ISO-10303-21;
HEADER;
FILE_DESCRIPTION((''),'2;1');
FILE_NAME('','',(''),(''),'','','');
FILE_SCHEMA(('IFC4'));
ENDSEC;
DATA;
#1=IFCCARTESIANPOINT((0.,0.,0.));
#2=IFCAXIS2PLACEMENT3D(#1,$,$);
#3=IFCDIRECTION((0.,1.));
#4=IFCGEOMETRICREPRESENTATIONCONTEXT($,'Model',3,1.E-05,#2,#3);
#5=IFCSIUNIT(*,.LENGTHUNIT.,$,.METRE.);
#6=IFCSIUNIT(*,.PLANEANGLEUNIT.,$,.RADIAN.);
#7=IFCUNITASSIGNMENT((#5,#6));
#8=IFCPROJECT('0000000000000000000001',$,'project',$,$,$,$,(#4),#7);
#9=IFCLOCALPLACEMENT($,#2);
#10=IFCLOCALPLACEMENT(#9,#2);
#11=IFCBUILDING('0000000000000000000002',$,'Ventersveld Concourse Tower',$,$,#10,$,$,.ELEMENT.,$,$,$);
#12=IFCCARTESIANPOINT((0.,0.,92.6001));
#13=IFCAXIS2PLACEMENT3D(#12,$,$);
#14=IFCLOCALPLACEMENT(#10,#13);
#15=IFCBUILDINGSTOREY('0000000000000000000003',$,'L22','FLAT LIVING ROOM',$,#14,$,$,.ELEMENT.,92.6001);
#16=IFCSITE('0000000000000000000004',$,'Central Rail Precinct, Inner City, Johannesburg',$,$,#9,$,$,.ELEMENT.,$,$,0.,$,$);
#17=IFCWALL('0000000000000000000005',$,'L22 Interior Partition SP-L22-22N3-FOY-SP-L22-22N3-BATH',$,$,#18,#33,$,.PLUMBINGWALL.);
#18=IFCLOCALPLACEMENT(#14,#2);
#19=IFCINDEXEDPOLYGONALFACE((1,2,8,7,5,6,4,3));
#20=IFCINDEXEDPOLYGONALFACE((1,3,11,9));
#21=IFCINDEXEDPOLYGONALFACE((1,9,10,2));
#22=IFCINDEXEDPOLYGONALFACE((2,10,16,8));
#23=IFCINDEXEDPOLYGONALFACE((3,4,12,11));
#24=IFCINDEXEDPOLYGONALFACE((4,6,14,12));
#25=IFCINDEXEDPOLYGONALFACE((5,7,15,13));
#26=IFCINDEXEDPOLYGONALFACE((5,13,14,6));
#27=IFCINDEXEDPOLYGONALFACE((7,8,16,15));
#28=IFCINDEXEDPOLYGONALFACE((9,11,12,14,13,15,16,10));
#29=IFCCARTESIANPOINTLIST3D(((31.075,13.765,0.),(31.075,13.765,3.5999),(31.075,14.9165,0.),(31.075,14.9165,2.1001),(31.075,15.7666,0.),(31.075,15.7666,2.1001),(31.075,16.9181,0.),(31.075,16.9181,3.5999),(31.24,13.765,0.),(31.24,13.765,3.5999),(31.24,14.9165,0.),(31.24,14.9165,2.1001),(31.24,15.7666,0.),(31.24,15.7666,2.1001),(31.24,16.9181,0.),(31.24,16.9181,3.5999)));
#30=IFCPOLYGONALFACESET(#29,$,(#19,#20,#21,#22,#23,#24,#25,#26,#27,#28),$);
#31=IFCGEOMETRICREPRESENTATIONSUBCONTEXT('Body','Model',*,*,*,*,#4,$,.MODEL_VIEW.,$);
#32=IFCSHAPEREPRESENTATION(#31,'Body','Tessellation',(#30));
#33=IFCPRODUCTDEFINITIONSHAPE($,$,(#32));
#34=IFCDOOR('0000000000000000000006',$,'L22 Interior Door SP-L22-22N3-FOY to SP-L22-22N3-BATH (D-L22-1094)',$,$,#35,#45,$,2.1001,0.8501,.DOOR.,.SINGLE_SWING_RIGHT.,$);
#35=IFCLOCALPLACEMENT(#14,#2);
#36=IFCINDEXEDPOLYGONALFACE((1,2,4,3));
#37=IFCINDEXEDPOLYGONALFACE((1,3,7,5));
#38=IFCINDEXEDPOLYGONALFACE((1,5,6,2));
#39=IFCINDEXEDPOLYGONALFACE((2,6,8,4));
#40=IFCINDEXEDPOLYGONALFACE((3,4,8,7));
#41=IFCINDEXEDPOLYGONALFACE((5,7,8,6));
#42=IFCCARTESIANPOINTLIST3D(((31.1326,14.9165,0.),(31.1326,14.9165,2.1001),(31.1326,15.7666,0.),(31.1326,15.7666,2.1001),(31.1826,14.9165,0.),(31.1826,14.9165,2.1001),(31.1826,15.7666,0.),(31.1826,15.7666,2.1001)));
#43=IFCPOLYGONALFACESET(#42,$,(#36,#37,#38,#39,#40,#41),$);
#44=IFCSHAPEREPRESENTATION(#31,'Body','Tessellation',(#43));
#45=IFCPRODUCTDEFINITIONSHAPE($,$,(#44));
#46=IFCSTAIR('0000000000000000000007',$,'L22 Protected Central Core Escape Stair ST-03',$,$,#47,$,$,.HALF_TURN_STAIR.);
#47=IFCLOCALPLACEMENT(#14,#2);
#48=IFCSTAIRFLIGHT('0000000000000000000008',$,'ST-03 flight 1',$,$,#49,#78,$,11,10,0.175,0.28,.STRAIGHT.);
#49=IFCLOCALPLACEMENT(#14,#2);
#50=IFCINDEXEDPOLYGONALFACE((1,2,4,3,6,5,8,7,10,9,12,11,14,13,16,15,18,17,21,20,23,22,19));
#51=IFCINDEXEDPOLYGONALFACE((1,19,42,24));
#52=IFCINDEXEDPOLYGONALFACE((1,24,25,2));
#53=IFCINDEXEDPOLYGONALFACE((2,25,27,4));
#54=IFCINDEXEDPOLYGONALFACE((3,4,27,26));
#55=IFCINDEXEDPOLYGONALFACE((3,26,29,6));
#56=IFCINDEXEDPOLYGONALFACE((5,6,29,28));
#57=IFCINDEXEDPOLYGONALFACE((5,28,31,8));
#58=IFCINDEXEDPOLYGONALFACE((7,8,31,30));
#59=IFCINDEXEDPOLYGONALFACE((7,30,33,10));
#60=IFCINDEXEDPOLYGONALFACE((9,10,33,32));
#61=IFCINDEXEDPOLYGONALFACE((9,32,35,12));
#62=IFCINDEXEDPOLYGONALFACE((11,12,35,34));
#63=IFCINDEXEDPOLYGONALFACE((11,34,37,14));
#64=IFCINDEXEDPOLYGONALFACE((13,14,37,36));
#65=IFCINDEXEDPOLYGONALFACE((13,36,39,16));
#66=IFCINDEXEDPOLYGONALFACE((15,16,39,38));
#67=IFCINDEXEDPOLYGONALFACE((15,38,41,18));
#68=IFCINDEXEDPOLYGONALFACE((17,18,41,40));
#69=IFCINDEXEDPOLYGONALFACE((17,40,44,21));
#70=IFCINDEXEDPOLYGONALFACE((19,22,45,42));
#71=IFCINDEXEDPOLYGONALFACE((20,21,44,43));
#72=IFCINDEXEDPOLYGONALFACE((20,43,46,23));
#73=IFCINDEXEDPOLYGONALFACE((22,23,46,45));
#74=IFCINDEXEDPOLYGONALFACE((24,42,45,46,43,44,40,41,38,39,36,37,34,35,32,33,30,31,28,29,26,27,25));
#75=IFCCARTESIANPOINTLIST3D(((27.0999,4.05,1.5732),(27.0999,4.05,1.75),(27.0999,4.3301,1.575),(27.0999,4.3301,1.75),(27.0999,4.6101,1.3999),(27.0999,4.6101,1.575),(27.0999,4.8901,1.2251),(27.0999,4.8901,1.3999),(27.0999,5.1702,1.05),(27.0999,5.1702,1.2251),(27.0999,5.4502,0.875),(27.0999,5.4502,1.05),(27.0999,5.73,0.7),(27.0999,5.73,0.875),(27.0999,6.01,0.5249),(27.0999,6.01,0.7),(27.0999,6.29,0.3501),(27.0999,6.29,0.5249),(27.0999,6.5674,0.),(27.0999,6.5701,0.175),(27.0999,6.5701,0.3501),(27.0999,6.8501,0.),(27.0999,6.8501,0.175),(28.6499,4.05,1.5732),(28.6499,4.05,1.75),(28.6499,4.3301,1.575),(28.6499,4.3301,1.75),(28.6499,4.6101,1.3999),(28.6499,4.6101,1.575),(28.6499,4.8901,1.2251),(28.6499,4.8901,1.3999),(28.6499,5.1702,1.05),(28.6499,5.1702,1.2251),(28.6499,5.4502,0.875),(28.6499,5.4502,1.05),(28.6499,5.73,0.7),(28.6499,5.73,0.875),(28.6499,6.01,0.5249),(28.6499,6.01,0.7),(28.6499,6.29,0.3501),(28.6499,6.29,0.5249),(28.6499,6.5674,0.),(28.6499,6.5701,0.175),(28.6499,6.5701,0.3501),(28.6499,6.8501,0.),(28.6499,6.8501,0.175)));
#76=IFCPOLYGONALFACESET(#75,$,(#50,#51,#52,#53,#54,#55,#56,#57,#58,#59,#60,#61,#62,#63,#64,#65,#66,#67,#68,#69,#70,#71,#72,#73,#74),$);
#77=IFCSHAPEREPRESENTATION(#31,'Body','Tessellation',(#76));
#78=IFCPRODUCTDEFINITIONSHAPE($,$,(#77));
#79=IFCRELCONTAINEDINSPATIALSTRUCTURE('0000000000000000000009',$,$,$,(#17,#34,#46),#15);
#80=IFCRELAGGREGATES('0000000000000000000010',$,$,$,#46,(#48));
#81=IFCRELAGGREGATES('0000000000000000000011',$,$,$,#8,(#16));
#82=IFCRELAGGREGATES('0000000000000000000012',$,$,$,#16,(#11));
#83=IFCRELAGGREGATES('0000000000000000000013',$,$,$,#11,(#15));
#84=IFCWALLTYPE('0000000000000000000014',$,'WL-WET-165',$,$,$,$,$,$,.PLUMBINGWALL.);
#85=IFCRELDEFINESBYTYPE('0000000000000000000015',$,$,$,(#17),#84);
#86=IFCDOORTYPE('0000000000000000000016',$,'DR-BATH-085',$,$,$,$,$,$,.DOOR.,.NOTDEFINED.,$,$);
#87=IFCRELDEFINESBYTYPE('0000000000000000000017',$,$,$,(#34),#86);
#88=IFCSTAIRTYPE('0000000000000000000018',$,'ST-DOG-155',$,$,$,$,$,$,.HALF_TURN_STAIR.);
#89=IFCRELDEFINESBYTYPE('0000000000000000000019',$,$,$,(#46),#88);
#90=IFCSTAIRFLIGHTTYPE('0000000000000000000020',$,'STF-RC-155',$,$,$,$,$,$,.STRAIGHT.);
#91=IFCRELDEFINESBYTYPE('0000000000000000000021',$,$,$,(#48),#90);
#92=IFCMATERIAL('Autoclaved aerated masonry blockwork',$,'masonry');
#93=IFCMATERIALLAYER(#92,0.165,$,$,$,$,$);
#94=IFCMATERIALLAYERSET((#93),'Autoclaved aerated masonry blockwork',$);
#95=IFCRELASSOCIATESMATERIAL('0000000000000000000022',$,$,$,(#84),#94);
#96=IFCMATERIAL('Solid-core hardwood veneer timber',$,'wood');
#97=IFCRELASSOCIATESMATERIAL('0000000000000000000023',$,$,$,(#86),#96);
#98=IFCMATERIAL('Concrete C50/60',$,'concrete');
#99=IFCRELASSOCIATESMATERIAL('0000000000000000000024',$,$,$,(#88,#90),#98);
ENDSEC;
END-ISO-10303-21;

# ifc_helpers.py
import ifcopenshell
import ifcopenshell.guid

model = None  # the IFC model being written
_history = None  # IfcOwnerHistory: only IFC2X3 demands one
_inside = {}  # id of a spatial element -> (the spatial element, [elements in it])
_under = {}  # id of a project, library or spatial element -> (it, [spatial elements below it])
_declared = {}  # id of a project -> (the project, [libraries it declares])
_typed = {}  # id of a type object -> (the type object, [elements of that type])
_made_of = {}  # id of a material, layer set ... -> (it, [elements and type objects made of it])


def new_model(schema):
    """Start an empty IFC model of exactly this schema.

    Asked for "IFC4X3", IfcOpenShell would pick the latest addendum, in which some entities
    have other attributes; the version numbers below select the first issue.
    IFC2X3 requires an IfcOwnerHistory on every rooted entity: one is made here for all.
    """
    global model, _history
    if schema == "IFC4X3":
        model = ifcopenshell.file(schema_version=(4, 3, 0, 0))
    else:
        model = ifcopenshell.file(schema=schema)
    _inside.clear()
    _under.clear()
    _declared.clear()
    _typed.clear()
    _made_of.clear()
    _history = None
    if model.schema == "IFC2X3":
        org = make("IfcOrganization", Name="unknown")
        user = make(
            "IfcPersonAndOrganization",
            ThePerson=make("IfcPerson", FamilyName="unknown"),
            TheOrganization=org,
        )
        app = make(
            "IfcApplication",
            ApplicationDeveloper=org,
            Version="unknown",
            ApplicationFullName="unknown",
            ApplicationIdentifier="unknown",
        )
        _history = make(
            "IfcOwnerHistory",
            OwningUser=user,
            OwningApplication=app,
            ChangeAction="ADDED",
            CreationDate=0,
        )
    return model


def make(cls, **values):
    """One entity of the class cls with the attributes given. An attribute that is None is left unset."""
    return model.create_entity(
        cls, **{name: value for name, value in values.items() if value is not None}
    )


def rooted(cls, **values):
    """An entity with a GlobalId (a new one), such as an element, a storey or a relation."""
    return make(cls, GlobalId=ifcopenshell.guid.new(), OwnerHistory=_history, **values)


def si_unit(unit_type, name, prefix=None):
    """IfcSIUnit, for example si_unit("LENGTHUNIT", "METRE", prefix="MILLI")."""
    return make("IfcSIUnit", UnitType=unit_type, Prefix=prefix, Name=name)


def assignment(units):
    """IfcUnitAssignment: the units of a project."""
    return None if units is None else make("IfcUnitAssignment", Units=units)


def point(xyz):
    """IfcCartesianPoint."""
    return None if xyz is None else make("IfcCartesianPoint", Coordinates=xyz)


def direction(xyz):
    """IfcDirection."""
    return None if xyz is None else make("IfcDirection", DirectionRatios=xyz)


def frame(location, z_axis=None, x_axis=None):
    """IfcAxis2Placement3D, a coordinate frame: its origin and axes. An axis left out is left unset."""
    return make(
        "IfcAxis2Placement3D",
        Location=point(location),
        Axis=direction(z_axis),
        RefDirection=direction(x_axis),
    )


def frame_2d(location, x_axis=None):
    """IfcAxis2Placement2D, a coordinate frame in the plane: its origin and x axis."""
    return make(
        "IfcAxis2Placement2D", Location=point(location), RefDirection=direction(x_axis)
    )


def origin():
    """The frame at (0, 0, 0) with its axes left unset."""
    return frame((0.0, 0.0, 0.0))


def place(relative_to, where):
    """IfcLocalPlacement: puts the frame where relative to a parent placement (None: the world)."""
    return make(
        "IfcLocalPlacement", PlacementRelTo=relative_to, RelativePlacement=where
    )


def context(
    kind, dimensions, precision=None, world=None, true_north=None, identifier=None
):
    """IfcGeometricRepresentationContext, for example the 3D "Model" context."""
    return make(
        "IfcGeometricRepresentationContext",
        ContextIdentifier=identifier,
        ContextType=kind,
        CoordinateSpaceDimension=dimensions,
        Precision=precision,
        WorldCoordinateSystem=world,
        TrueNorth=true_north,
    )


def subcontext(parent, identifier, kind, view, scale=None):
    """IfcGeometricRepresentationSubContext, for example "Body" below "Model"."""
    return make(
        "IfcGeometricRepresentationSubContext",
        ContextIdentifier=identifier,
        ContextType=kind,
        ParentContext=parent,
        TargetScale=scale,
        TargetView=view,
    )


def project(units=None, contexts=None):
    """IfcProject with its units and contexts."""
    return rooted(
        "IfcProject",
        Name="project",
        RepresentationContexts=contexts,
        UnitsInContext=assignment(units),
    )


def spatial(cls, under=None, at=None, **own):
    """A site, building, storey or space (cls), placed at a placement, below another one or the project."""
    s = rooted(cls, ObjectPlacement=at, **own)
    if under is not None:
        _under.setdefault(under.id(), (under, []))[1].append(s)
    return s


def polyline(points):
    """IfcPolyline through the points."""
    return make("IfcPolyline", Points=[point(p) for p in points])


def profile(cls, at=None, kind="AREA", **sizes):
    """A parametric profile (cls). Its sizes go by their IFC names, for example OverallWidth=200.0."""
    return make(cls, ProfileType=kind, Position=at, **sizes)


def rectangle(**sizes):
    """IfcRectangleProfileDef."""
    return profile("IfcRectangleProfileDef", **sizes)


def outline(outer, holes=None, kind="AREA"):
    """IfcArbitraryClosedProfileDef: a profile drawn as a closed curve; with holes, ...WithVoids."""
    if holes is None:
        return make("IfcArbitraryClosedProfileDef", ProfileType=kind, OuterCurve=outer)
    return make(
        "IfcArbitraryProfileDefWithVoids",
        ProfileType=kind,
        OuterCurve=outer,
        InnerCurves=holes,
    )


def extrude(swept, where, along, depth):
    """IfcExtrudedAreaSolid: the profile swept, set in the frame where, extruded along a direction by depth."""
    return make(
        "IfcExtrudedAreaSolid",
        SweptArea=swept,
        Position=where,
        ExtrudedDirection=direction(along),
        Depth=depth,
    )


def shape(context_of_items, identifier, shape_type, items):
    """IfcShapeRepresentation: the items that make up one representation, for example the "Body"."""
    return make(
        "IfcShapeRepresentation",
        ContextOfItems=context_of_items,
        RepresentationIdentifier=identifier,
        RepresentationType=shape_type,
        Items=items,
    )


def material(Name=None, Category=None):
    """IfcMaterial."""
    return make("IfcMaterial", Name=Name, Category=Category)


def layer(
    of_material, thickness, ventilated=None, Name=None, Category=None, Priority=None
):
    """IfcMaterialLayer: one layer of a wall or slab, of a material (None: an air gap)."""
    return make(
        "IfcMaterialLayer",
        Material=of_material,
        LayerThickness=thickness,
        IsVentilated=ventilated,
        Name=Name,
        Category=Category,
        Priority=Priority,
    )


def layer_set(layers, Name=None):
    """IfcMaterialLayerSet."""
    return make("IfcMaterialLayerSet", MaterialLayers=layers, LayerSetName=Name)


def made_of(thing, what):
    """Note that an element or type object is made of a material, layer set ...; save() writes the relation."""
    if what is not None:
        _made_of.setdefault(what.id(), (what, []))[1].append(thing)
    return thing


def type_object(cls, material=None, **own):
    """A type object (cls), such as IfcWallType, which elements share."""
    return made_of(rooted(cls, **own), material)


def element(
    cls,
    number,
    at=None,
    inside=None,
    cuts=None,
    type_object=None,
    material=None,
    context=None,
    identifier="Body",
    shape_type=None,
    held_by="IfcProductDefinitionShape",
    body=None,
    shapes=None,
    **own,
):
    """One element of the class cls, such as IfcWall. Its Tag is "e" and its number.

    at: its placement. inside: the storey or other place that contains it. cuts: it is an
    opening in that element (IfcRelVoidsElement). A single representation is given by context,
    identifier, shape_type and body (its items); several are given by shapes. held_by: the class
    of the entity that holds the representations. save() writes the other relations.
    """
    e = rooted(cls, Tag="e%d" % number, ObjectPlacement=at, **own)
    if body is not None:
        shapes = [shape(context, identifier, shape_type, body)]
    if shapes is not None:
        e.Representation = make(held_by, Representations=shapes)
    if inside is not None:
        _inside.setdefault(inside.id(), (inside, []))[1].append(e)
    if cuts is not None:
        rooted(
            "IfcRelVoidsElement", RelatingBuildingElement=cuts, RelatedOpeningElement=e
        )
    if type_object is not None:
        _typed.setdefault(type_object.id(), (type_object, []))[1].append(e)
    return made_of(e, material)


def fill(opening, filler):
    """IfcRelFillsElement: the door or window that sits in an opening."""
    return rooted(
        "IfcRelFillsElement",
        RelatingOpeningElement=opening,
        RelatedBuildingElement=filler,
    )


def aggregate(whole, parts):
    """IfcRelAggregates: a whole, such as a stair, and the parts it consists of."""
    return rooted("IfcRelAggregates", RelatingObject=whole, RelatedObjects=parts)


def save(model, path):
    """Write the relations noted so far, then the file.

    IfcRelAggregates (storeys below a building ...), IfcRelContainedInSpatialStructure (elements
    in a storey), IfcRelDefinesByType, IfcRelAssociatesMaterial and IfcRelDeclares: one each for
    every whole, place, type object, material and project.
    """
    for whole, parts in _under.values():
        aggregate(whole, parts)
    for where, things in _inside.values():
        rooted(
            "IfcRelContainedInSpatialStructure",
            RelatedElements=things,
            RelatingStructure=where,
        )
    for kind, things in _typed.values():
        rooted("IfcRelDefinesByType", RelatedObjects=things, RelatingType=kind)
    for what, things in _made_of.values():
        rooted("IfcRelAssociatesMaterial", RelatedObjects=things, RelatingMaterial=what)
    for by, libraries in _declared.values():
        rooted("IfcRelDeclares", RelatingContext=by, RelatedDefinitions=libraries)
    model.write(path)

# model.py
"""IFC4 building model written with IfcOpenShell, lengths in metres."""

from ifc_helpers import new_model, si_unit, direction, frame, frame_2d, origin, place, context, subcontext, project, spatial, polyline, rectangle, outline, extrude, material, layer, layer_set, type_object, element, fill, aggregate, save


model = new_model("IFC4")

# Units and contexts
model_context = context("Model", 3, precision=1e-05, world=origin(), true_north=direction((0.0, 1.0)))
body_context = subcontext(model_context, "Body", "Model", "MODEL_VIEW")
ifc_project = project(units=[si_unit("LENGTHUNIT", "METRE"), si_unit("PLANEANGLEUNIT", "RADIAN")], contexts=[model_context])

# Site, building, storey
site_placement = place(None, origin())
site = spatial("IfcSite", under=ifc_project, at=site_placement, Name="Central Rail Precinct, Inner City, Johannesburg", CompositionType="ELEMENT", RefElevation=0.0)
building_placement = place(site_placement, origin())
building = spatial("IfcBuilding", under=site, at=building_placement, Name="Ventersveld Concourse Tower", CompositionType="ELEMENT")
storey_placement = place(building_placement, frame((0.0, 0.0, 92.6001)))
storey = spatial("IfcBuildingStorey", under=building, at=storey_placement, Name="L22", Description="FLAT LIVING ROOM", CompositionType="ELEMENT", Elevation=92.6001)

# Shared definitions
ifc_material_1 = material(Name="Concrete C50/60", Category="concrete")

# Shared definitions
ifc_material_2 = material(Name="Solid-core hardwood veneer timber", Category="wood")

# Wall, opening, door
ifc_material_3 = material(Name="Autoclaved aerated masonry blockwork", Category="masonry")
ifc_layer_1 = layer(ifc_material_3, 0.165)
ifc_layer_set_1 = layer_set([ifc_layer_1], Name="Autoclaved aerated masonry blockwork")
wall_type_1 = type_object("IfcWallType", Name="WL-WET-165", PredefinedType="PLUMBINGWALL", material=ifc_layer_set_1)
wall_1_placement = place(storey_placement, frame((31.1575, 13.7649, 0.0), z_axis=(0.0, 0.0, 1.0), x_axis=(0.0, 1.0, 0.0)))
wall_1 = element("IfcWall", 1, at=wall_1_placement, inside=storey, type_object=wall_type_1, Name="L22 Interior Partition SP-L22-22N3-FOY-SP-L22-22N3-BATH", PredefinedType="PLUMBINGWALL", context=body_context, shape_type="SweptSolid", body=[
    extrude(rectangle(XDim=3.1531, YDim=0.165, at=frame_2d((1.5767, 0.0))), origin(), (0.0, 0.0, 1.0), 3.5999),
])
opening_1_placement = place(wall_1_placement, frame((1.1516, 0.0, 0.0)))
opening_1 = element("IfcOpeningElement", 2, at=opening_1_placement, cuts=wall_1, PredefinedType="OPENING", context=body_context, shape_type="SweptSolid", body=[
    extrude(rectangle(XDim=0.8501, YDim=2.1001, at=frame_2d((0.425, 1.05))), frame((0.0, 0.0925, 0.0), z_axis=(0.0, -1.0, 0.0), x_axis=(1.0, 0.0, 0.0)), (0.0, 0.0, 1.0), 0.1851),
])
door_type_1 = type_object("IfcDoorType", Name="DR-BATH-085", OperationType="NOTDEFINED", PredefinedType="DOOR", material=ifc_material_2)
door_1_placement = place(opening_1_placement, origin())
door_1 = element("IfcDoor", 3, at=door_1_placement, inside=storey, type_object=door_type_1, Name="L22 Interior Door SP-L22-22N3-FOY to SP-L22-22N3-BATH (D-L22-1094)", OperationType="SINGLE_SWING_RIGHT", OverallHeight=2.1001, OverallWidth=0.8501, PredefinedType="DOOR", context=body_context, shape_type="SweptSolid", body=[
    extrude(rectangle(XDim=0.8501, YDim=2.1001, at=frame_2d((0.425, 1.05))), frame((0.0, 0.0249, 0.0), z_axis=(0.0, -1.0, 0.0), x_axis=(1.0, 0.0, 0.0)), (0.0, 0.0, 1.0), 0.05),
])
fill(opening_1, door_1)

# Stair, stair flight
stair_type = type_object("IfcStairType", Name="ST-DOG-155", PredefinedType="HALF_TURN_STAIR", material=ifc_material_1)
stair_placement = place(storey_placement, origin())
stair = element("IfcStair", 4, at=stair_placement, inside=storey, type_object=stair_type, Name="L22 Protected Central Core Escape Stair ST-03", PredefinedType="HALF_TURN_STAIR")
stair_flight_type = type_object("IfcStairFlightType", Name="STF-RC-155", PredefinedType="STRAIGHT", material=ifc_material_1)
stair_flight_placement = place(storey_placement, frame((27.875, 6.8501, 0.0), z_axis=(0.0, 0.0, 1.0), x_axis=(0.0, -1.0, 0.0)))
stair_flight = element("IfcStairFlight", 5, at=stair_flight_placement, type_object=stair_flight_type, Name="ST-03 flight 1", NumberOfRisers=11, NumberOfTreads=10, PredefinedType="STRAIGHT", RiserHeight=0.175, TreadLength=0.28, context=body_context, shape_type="SweptSolid", body=[
    extrude(outline(polyline([(0.0, 0.0), (0.0, 0.175), (0.28, 0.175), (0.28, 0.3501), (0.5601, 0.3501), (0.5601, 0.5249), (0.8401, 0.5249), (0.8401, 0.7), (1.1201, 0.7), (1.1201, 0.875), (1.3999, 0.875), (1.3999, 1.05), (1.6799, 1.05), (1.6799, 1.2251), (1.96, 1.2251), (1.96, 1.3999), (2.24, 1.3999), (2.24, 1.575), (2.52, 1.575), (2.52, 1.75), (2.8, 1.75), (2.8, 1.925), (2.8, 1.5732), (0.2827, 0.0), (0.0, 0.0)])), frame((0.0, 0.7749, 0.0), z_axis=(0.0, -1.0, 0.0), x_axis=(1.0, 0.0, 0.0)), (0.0, 0.0, 1.0), 1.55),
])
aggregate(stair, [stair_flight])

save(model, "model.ifc")
